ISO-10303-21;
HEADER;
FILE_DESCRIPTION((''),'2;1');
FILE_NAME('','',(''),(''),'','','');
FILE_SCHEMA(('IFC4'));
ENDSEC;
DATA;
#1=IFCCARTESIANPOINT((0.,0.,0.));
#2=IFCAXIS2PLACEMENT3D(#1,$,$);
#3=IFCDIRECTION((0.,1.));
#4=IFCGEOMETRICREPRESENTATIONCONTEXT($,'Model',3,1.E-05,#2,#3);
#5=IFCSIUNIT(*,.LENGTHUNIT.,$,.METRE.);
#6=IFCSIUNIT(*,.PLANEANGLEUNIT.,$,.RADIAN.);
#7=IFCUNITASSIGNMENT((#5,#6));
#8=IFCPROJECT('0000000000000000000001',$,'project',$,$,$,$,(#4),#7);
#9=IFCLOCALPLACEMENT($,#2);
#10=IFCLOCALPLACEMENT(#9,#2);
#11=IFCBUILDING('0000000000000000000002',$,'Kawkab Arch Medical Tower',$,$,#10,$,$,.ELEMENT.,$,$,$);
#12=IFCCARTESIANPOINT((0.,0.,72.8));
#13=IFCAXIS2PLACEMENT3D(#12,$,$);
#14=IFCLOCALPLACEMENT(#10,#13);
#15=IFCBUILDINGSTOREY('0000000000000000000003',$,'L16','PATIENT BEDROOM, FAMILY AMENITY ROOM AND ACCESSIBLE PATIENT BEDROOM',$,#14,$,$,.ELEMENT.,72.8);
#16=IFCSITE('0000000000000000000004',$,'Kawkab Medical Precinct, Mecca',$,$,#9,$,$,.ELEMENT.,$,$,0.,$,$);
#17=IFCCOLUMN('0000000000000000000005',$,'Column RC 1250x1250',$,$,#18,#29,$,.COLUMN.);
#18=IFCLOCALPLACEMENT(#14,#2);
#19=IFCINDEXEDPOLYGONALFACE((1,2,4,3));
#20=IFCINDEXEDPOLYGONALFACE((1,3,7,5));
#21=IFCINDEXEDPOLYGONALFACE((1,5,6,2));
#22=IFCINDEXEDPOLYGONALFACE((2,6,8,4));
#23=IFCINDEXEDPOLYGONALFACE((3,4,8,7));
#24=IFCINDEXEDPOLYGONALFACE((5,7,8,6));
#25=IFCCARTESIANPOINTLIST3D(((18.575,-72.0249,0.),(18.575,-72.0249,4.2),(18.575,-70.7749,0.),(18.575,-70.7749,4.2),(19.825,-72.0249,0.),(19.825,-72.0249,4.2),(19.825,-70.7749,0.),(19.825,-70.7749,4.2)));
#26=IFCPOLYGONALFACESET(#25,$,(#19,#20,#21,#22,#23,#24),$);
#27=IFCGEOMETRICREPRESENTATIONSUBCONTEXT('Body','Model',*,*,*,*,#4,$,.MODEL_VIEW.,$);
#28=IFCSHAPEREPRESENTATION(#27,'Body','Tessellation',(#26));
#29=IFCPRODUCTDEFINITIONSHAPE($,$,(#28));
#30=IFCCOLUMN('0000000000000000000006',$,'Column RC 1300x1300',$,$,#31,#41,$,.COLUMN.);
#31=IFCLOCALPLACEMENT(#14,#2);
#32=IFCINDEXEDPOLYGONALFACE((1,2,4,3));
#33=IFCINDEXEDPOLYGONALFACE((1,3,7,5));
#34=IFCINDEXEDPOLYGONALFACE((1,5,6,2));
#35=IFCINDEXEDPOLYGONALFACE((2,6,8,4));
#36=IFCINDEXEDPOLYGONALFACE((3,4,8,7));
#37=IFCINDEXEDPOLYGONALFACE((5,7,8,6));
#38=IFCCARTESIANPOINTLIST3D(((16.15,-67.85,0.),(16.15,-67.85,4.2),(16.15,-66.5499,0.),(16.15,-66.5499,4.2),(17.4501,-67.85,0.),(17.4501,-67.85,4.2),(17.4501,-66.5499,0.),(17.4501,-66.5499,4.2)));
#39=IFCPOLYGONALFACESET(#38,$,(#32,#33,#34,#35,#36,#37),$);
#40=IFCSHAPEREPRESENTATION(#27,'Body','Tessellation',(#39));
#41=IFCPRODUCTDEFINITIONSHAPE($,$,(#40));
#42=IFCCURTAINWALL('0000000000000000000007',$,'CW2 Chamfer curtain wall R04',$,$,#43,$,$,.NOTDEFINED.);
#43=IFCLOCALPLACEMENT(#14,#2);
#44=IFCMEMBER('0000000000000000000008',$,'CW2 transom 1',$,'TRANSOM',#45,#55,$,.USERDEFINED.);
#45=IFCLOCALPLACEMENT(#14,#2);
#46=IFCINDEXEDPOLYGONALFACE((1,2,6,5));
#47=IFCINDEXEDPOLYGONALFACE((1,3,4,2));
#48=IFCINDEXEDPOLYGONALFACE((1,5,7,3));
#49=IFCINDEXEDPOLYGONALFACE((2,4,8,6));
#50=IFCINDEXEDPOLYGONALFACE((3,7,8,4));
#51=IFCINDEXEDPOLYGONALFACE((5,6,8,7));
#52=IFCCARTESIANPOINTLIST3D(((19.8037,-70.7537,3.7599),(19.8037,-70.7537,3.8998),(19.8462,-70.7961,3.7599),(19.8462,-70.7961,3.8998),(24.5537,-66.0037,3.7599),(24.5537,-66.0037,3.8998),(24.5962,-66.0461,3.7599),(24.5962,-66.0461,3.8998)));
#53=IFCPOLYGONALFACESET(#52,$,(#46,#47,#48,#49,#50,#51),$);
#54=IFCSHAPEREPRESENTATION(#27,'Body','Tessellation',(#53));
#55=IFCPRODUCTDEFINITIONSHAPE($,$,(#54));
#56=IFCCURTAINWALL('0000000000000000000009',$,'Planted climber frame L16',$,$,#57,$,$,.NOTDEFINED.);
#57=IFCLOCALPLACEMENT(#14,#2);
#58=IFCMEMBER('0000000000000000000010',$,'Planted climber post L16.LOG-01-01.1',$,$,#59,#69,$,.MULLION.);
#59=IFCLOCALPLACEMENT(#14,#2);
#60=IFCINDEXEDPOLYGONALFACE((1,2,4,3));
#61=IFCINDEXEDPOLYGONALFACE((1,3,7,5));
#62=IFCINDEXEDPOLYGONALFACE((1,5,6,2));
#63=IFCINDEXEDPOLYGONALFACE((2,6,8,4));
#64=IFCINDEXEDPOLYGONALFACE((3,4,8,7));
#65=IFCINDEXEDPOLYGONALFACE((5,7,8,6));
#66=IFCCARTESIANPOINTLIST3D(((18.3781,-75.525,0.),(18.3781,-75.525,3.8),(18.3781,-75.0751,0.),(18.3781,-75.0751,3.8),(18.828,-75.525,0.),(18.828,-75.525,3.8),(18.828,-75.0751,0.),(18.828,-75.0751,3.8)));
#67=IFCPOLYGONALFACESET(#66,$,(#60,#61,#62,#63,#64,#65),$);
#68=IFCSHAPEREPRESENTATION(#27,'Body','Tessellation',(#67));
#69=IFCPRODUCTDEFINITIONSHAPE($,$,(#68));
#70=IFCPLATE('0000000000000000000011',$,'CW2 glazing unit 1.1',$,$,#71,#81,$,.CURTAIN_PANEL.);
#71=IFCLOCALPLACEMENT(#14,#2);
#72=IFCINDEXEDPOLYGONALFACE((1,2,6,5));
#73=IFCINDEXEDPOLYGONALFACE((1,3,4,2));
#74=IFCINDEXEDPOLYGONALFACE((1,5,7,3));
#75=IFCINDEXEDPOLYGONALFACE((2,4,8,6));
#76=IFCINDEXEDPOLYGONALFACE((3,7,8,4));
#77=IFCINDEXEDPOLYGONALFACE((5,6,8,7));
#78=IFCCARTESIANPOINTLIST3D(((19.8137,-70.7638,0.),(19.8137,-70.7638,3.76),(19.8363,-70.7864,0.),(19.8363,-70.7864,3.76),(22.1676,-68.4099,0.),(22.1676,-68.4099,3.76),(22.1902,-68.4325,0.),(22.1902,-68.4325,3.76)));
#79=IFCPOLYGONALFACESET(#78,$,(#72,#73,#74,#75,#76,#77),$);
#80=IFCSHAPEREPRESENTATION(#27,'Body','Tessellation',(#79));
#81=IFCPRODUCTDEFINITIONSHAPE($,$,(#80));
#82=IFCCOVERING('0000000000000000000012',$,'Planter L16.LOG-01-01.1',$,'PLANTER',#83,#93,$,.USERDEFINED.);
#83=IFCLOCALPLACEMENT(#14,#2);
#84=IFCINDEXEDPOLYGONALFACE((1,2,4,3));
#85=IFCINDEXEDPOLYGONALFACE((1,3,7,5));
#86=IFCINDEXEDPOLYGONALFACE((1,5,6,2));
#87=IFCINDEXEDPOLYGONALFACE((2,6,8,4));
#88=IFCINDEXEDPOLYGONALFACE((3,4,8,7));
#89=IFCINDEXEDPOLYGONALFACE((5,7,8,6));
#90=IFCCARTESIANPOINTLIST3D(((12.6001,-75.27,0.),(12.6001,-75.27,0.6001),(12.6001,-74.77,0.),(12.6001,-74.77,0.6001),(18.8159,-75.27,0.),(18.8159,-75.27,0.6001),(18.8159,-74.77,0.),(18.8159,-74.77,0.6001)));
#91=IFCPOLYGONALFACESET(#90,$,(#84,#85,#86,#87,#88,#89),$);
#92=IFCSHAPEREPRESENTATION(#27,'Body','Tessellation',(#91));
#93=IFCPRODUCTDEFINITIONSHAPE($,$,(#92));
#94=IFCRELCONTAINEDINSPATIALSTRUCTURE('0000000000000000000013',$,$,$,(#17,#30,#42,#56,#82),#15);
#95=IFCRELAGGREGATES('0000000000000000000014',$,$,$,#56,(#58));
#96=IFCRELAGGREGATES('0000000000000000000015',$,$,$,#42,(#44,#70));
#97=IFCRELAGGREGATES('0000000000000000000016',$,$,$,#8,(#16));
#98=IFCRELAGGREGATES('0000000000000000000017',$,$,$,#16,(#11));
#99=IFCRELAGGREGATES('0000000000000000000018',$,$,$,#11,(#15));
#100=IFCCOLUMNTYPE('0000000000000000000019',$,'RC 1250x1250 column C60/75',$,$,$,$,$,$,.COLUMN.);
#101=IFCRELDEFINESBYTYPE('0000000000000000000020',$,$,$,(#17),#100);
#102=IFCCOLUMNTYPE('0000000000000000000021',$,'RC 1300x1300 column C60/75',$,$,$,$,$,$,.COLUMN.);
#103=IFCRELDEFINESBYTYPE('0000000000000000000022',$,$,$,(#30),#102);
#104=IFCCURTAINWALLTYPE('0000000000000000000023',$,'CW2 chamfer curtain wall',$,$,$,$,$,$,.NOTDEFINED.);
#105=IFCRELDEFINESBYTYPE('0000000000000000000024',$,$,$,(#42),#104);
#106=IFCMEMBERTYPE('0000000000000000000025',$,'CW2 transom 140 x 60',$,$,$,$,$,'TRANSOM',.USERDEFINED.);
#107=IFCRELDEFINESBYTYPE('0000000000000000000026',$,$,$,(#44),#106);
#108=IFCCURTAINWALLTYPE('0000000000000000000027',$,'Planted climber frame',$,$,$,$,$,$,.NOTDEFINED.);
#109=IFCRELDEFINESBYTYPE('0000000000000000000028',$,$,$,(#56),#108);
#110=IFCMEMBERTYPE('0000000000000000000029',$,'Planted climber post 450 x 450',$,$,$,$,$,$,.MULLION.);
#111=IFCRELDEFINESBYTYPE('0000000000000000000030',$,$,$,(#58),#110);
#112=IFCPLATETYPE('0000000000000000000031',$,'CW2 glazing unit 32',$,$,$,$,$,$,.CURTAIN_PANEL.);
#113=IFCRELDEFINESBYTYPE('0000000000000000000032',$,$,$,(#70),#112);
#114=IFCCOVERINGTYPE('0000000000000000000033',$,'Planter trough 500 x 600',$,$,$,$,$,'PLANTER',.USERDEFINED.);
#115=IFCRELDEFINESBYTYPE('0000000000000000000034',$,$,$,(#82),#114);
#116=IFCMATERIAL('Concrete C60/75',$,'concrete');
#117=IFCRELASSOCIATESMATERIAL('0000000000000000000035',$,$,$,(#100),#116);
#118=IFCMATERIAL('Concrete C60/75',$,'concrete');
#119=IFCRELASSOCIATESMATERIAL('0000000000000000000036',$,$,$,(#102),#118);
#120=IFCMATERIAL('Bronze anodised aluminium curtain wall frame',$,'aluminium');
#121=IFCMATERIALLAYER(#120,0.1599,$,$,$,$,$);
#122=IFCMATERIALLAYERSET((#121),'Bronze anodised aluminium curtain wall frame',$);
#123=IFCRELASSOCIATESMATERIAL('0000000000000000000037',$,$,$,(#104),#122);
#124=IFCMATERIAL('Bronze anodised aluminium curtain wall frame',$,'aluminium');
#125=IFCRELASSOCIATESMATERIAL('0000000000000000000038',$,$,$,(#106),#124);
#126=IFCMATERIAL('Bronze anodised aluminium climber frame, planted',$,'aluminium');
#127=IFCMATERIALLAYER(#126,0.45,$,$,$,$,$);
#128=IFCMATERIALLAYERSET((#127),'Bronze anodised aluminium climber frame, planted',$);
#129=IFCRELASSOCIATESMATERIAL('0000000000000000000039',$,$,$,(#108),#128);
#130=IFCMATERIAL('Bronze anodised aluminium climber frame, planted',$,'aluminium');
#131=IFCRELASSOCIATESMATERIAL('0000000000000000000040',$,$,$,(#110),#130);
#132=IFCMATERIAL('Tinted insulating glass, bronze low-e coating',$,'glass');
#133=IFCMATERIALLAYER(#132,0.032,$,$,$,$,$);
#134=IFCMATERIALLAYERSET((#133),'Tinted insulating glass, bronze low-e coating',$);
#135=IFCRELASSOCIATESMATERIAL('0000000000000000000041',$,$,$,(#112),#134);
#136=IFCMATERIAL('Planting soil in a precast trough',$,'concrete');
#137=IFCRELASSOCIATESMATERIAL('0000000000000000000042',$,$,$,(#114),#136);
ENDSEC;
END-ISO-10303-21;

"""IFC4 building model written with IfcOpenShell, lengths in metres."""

from ifc_helpers import new_model, si_unit, direction, frame, origin, origin_2d, place, context, subcontext, project, spatial, rectangle, extrude, material, layer, layer_set, material_profile, profile_set, type_object, element, aggregate, save


model = new_model("IFC4")

# Units and contexts
model_context = context("Model", 3, precision=1e-05, world=origin(), true_north=direction((0.0, 1.0)))
body_context = subcontext(model_context, "Body", "Model", "MODEL_VIEW")
ifc_project = project(units=[si_unit("LENGTHUNIT", "METRE"), si_unit("PLANEANGLEUNIT", "RADIAN")], contexts=[model_context])

# Site, building, storey
site_placement = place(None, origin())
site = spatial("IfcSite", under=ifc_project, at=site_placement, Name="Kawkab Medical Precinct, Mecca", CompositionType="ELEMENT", RefElevation=0.0)
building_placement = place(site_placement, origin())
building = spatial("IfcBuilding", under=site, at=building_placement, Name="Kawkab Arch Medical Tower", CompositionType="ELEMENT")
storey_placement = place(building_placement, frame((0.0, 0.0, 72.8)))
storey = spatial("IfcBuildingStorey", under=building, at=storey_placement, Name="L16", Description="PATIENT BEDROOM, FAMILY AMENITY ROOM AND ACCESSIBLE PATIENT BEDROOM", CompositionType="ELEMENT", Elevation=72.8)

# Columns
ifc_material_1 = material(Name="Concrete C60/75", Category="concrete")
ifc_material_profile_1 = material_profile(ifc_material_1, rectangle(XDim=1.25, YDim=1.25, at=origin_2d()), Name="RC 1250x1250")
ifc_profile_set_1 = profile_set([ifc_material_profile_1], Name="Concrete C60/75")
column_type_1 = type_object("IfcColumnType", Name="RC 1250x1250 column C60/75", PredefinedType="COLUMN", material=ifc_profile_set_1)
column_1_placement = place(storey_placement, frame((19.2, -71.3999, 0.0), z_axis=(0.0, 0.0, 1.0), x_axis=(1.0, 0.0, 0.0)))
element("IfcColumn", 1, at=column_1_placement, inside=storey, type_object=column_type_1, Name="Column RC 1250x1250", PredefinedType="COLUMN", context=body_context, shape_type="SweptSolid", body=[
    extrude(rectangle(XDim=1.25, YDim=1.25, at=origin_2d()), origin(), (0.0, 0.0, 1.0), 4.2),
])
ifc_material_2 = material(Name="Concrete C60/75", Category="concrete")
ifc_material_profile_2 = material_profile(ifc_material_2, rectangle(XDim=1.3, YDim=1.3, at=origin_2d()), Name="RC 1300x1300")
ifc_profile_set_2 = profile_set([ifc_material_profile_2], Name="Concrete C60/75")
column_type_2 = type_object("IfcColumnType", Name="RC 1300x1300 column C60/75", PredefinedType="COLUMN", material=ifc_profile_set_2)
column_2_placement = place(storey_placement, frame((16.8, -67.2, 0.0), z_axis=(0.0, 0.0, 1.0), x_axis=(1.0, 0.0, 0.0)))
element("IfcColumn", 2, at=column_2_placement, inside=storey, type_object=column_type_2, Name="Column RC 1300x1300", PredefinedType="COLUMN", context=body_context, shape_type="SweptSolid", body=[
    extrude(rectangle(XDim=1.3, YDim=1.3, at=origin_2d()), origin(), (0.0, 0.0, 1.0), 4.2),
])

# Curtain walls, members
ifc_material_3 = material(Name="Bronze anodised aluminium curtain wall frame", Category="aluminium")
ifc_layer_1 = layer(ifc_material_3, 0.1599)
ifc_layer_set_1 = layer_set([ifc_layer_1], Name="Bronze anodised aluminium curtain wall frame")
curtain_wall_type_1 = type_object("IfcCurtainWallType", Name="CW2 chamfer curtain wall", PredefinedType="NOTDEFINED", material=ifc_layer_set_1)
placement = place(storey_placement, origin())
curtain_wall_1 = element("IfcCurtainWall", 3, at=placement, inside=storey, type_object=curtain_wall_type_1, Name="CW2 Chamfer curtain wall R04", PredefinedType="NOTDEFINED")
ifc_material_4 = material(Name="Bronze anodised aluminium curtain wall frame", Category="aluminium")
ifc_material_profile_3 = material_profile(ifc_material_4, rectangle(XDim=0.0601, YDim=0.1399, at=origin_2d()), Name="AL 60x140")
ifc_profile_set_3 = profile_set([ifc_material_profile_3], Name="Bronze anodised aluminium curtain wall frame")
member_type_1 = type_object("IfcMemberType", Name="CW2 transom 140 x 60", ElementType="TRANSOM", PredefinedType="USERDEFINED", material=ifc_profile_set_3)
member_1_placement = place(storey_placement, frame((19.825, -70.7749, 3.8298), z_axis=(0.707107, 0.707107, 0.0), x_axis=(-0.707107, 0.707107, 0.0)))
member_1 = element("IfcMember", 4, at=member_1_placement, type_object=member_type_1, Name="CW2 transom 1", ObjectType="TRANSOM", PredefinedType="USERDEFINED", context=body_context, shape_type="SweptSolid", body=[
    extrude(rectangle(XDim=0.0601, YDim=0.1399, at=origin_2d()), origin(), (0.0, 0.0, 1.0), 6.7175),
])
ifc_material_5 = material(Name="Bronze anodised aluminium climber frame, planted", Category="aluminium")
ifc_layer_2 = layer(ifc_material_5, 0.45)
ifc_layer_set_2 = layer_set([ifc_layer_2], Name="Bronze anodised aluminium climber frame, planted")
curtain_wall_type_2 = type_object("IfcCurtainWallType", Name="Planted climber frame", PredefinedType="NOTDEFINED", material=ifc_layer_set_2)
curtain_wall_2 = element("IfcCurtainWall", 5, at=placement, inside=storey, type_object=curtain_wall_type_2, Name="Planted climber frame L16", PredefinedType="NOTDEFINED")
ifc_material_6 = material(Name="Bronze anodised aluminium climber frame, planted", Category="aluminium")
ifc_material_profile_4 = material_profile(ifc_material_6, rectangle(XDim=0.45, YDim=0.45, at=origin_2d()), Name="Post 450x450")
ifc_profile_set_4 = profile_set([ifc_material_profile_4], Name="Bronze anodised aluminium climber frame, planted")
member_type_2 = type_object("IfcMemberType", Name="Planted climber post 450 x 450", PredefinedType="MULLION", material=ifc_profile_set_4)
member_2_placement = place(storey_placement, frame((18.603, -75.3, 0.0), z_axis=(0.0, 0.0, 1.0), x_axis=(1.0, 0.0, 0.0)))
member_2 = element("IfcMember", 6, at=member_2_placement, type_object=member_type_2, Name="Planted climber post L16.LOG-01-01.1", PredefinedType="MULLION", context=body_context, shape_type="SweptSolid", body=[
    extrude(rectangle(XDim=0.45, YDim=0.45, at=origin_2d()), origin(), (0.0, 0.0, 1.0), 3.8),
])
aggregate(curtain_wall_2, [member_2])

# Plate
ifc_material_7 = material(Name="Tinted insulating glass, bronze low-e coating", Category="glass")
ifc_layer_3 = layer(ifc_material_7, 0.032)
ifc_layer_set_3 = layer_set([ifc_layer_3], Name="Tinted insulating glass, bronze low-e coating")
plate_type = type_object("IfcPlateType", Name="CW2 glazing unit 32", PredefinedType="CURTAIN_PANEL", material=ifc_layer_set_3)
plate_placement = place(storey_placement, frame((21.002, -69.5981, 0.0), z_axis=(0.0, 0.0, 1.0), x_axis=(0.707107, 0.707107, 0.0)))
plate = element("IfcPlate", 7, at=plate_placement, type_object=plate_type, Name="CW2 glazing unit 1.1", PredefinedType="CURTAIN_PANEL", context=body_context, shape_type="SweptSolid", body=[
    extrude(rectangle(XDim=3.3289, YDim=0.032, at=origin_2d()), origin(), (0.0, 0.0, 1.0), 3.76),
])
aggregate(curtain_wall_1, [member_1, plate])

# Covering
ifc_material_8 = material(Name="Planting soil in a precast trough", Category="concrete")
ifc_material_profile_5 = material_profile(ifc_material_8, rectangle(XDim=0.5, YDim=0.6001, at=origin_2d()), Name="Trough 500x600")
ifc_profile_set_5 = profile_set([ifc_material_profile_5], Name="Planting soil in a precast trough")
covering_type = type_object("IfcCoveringType", Name="Planter trough 500 x 600", ElementType="PLANTER", PredefinedType="USERDEFINED", material=ifc_profile_set_5)
covering_placement = place(storey_placement, frame((18.8159, -75.02, 0.3), z_axis=(-1.0, 0.0, 0.0), x_axis=(0.0, -1.0, 0.0)))
element("IfcCovering", 8, at=covering_placement, inside=storey, type_object=covering_type, Name="Planter L16.LOG-01-01.1", ObjectType="PLANTER", PredefinedType="USERDEFINED", context=body_context, shape_type="SweptSolid", body=[
    extrude(rectangle(XDim=0.5, YDim=0.6001, at=origin_2d()), origin(), (0.0, 0.0, 1.0), 6.2158),
])

save(model, "model.ifc")
